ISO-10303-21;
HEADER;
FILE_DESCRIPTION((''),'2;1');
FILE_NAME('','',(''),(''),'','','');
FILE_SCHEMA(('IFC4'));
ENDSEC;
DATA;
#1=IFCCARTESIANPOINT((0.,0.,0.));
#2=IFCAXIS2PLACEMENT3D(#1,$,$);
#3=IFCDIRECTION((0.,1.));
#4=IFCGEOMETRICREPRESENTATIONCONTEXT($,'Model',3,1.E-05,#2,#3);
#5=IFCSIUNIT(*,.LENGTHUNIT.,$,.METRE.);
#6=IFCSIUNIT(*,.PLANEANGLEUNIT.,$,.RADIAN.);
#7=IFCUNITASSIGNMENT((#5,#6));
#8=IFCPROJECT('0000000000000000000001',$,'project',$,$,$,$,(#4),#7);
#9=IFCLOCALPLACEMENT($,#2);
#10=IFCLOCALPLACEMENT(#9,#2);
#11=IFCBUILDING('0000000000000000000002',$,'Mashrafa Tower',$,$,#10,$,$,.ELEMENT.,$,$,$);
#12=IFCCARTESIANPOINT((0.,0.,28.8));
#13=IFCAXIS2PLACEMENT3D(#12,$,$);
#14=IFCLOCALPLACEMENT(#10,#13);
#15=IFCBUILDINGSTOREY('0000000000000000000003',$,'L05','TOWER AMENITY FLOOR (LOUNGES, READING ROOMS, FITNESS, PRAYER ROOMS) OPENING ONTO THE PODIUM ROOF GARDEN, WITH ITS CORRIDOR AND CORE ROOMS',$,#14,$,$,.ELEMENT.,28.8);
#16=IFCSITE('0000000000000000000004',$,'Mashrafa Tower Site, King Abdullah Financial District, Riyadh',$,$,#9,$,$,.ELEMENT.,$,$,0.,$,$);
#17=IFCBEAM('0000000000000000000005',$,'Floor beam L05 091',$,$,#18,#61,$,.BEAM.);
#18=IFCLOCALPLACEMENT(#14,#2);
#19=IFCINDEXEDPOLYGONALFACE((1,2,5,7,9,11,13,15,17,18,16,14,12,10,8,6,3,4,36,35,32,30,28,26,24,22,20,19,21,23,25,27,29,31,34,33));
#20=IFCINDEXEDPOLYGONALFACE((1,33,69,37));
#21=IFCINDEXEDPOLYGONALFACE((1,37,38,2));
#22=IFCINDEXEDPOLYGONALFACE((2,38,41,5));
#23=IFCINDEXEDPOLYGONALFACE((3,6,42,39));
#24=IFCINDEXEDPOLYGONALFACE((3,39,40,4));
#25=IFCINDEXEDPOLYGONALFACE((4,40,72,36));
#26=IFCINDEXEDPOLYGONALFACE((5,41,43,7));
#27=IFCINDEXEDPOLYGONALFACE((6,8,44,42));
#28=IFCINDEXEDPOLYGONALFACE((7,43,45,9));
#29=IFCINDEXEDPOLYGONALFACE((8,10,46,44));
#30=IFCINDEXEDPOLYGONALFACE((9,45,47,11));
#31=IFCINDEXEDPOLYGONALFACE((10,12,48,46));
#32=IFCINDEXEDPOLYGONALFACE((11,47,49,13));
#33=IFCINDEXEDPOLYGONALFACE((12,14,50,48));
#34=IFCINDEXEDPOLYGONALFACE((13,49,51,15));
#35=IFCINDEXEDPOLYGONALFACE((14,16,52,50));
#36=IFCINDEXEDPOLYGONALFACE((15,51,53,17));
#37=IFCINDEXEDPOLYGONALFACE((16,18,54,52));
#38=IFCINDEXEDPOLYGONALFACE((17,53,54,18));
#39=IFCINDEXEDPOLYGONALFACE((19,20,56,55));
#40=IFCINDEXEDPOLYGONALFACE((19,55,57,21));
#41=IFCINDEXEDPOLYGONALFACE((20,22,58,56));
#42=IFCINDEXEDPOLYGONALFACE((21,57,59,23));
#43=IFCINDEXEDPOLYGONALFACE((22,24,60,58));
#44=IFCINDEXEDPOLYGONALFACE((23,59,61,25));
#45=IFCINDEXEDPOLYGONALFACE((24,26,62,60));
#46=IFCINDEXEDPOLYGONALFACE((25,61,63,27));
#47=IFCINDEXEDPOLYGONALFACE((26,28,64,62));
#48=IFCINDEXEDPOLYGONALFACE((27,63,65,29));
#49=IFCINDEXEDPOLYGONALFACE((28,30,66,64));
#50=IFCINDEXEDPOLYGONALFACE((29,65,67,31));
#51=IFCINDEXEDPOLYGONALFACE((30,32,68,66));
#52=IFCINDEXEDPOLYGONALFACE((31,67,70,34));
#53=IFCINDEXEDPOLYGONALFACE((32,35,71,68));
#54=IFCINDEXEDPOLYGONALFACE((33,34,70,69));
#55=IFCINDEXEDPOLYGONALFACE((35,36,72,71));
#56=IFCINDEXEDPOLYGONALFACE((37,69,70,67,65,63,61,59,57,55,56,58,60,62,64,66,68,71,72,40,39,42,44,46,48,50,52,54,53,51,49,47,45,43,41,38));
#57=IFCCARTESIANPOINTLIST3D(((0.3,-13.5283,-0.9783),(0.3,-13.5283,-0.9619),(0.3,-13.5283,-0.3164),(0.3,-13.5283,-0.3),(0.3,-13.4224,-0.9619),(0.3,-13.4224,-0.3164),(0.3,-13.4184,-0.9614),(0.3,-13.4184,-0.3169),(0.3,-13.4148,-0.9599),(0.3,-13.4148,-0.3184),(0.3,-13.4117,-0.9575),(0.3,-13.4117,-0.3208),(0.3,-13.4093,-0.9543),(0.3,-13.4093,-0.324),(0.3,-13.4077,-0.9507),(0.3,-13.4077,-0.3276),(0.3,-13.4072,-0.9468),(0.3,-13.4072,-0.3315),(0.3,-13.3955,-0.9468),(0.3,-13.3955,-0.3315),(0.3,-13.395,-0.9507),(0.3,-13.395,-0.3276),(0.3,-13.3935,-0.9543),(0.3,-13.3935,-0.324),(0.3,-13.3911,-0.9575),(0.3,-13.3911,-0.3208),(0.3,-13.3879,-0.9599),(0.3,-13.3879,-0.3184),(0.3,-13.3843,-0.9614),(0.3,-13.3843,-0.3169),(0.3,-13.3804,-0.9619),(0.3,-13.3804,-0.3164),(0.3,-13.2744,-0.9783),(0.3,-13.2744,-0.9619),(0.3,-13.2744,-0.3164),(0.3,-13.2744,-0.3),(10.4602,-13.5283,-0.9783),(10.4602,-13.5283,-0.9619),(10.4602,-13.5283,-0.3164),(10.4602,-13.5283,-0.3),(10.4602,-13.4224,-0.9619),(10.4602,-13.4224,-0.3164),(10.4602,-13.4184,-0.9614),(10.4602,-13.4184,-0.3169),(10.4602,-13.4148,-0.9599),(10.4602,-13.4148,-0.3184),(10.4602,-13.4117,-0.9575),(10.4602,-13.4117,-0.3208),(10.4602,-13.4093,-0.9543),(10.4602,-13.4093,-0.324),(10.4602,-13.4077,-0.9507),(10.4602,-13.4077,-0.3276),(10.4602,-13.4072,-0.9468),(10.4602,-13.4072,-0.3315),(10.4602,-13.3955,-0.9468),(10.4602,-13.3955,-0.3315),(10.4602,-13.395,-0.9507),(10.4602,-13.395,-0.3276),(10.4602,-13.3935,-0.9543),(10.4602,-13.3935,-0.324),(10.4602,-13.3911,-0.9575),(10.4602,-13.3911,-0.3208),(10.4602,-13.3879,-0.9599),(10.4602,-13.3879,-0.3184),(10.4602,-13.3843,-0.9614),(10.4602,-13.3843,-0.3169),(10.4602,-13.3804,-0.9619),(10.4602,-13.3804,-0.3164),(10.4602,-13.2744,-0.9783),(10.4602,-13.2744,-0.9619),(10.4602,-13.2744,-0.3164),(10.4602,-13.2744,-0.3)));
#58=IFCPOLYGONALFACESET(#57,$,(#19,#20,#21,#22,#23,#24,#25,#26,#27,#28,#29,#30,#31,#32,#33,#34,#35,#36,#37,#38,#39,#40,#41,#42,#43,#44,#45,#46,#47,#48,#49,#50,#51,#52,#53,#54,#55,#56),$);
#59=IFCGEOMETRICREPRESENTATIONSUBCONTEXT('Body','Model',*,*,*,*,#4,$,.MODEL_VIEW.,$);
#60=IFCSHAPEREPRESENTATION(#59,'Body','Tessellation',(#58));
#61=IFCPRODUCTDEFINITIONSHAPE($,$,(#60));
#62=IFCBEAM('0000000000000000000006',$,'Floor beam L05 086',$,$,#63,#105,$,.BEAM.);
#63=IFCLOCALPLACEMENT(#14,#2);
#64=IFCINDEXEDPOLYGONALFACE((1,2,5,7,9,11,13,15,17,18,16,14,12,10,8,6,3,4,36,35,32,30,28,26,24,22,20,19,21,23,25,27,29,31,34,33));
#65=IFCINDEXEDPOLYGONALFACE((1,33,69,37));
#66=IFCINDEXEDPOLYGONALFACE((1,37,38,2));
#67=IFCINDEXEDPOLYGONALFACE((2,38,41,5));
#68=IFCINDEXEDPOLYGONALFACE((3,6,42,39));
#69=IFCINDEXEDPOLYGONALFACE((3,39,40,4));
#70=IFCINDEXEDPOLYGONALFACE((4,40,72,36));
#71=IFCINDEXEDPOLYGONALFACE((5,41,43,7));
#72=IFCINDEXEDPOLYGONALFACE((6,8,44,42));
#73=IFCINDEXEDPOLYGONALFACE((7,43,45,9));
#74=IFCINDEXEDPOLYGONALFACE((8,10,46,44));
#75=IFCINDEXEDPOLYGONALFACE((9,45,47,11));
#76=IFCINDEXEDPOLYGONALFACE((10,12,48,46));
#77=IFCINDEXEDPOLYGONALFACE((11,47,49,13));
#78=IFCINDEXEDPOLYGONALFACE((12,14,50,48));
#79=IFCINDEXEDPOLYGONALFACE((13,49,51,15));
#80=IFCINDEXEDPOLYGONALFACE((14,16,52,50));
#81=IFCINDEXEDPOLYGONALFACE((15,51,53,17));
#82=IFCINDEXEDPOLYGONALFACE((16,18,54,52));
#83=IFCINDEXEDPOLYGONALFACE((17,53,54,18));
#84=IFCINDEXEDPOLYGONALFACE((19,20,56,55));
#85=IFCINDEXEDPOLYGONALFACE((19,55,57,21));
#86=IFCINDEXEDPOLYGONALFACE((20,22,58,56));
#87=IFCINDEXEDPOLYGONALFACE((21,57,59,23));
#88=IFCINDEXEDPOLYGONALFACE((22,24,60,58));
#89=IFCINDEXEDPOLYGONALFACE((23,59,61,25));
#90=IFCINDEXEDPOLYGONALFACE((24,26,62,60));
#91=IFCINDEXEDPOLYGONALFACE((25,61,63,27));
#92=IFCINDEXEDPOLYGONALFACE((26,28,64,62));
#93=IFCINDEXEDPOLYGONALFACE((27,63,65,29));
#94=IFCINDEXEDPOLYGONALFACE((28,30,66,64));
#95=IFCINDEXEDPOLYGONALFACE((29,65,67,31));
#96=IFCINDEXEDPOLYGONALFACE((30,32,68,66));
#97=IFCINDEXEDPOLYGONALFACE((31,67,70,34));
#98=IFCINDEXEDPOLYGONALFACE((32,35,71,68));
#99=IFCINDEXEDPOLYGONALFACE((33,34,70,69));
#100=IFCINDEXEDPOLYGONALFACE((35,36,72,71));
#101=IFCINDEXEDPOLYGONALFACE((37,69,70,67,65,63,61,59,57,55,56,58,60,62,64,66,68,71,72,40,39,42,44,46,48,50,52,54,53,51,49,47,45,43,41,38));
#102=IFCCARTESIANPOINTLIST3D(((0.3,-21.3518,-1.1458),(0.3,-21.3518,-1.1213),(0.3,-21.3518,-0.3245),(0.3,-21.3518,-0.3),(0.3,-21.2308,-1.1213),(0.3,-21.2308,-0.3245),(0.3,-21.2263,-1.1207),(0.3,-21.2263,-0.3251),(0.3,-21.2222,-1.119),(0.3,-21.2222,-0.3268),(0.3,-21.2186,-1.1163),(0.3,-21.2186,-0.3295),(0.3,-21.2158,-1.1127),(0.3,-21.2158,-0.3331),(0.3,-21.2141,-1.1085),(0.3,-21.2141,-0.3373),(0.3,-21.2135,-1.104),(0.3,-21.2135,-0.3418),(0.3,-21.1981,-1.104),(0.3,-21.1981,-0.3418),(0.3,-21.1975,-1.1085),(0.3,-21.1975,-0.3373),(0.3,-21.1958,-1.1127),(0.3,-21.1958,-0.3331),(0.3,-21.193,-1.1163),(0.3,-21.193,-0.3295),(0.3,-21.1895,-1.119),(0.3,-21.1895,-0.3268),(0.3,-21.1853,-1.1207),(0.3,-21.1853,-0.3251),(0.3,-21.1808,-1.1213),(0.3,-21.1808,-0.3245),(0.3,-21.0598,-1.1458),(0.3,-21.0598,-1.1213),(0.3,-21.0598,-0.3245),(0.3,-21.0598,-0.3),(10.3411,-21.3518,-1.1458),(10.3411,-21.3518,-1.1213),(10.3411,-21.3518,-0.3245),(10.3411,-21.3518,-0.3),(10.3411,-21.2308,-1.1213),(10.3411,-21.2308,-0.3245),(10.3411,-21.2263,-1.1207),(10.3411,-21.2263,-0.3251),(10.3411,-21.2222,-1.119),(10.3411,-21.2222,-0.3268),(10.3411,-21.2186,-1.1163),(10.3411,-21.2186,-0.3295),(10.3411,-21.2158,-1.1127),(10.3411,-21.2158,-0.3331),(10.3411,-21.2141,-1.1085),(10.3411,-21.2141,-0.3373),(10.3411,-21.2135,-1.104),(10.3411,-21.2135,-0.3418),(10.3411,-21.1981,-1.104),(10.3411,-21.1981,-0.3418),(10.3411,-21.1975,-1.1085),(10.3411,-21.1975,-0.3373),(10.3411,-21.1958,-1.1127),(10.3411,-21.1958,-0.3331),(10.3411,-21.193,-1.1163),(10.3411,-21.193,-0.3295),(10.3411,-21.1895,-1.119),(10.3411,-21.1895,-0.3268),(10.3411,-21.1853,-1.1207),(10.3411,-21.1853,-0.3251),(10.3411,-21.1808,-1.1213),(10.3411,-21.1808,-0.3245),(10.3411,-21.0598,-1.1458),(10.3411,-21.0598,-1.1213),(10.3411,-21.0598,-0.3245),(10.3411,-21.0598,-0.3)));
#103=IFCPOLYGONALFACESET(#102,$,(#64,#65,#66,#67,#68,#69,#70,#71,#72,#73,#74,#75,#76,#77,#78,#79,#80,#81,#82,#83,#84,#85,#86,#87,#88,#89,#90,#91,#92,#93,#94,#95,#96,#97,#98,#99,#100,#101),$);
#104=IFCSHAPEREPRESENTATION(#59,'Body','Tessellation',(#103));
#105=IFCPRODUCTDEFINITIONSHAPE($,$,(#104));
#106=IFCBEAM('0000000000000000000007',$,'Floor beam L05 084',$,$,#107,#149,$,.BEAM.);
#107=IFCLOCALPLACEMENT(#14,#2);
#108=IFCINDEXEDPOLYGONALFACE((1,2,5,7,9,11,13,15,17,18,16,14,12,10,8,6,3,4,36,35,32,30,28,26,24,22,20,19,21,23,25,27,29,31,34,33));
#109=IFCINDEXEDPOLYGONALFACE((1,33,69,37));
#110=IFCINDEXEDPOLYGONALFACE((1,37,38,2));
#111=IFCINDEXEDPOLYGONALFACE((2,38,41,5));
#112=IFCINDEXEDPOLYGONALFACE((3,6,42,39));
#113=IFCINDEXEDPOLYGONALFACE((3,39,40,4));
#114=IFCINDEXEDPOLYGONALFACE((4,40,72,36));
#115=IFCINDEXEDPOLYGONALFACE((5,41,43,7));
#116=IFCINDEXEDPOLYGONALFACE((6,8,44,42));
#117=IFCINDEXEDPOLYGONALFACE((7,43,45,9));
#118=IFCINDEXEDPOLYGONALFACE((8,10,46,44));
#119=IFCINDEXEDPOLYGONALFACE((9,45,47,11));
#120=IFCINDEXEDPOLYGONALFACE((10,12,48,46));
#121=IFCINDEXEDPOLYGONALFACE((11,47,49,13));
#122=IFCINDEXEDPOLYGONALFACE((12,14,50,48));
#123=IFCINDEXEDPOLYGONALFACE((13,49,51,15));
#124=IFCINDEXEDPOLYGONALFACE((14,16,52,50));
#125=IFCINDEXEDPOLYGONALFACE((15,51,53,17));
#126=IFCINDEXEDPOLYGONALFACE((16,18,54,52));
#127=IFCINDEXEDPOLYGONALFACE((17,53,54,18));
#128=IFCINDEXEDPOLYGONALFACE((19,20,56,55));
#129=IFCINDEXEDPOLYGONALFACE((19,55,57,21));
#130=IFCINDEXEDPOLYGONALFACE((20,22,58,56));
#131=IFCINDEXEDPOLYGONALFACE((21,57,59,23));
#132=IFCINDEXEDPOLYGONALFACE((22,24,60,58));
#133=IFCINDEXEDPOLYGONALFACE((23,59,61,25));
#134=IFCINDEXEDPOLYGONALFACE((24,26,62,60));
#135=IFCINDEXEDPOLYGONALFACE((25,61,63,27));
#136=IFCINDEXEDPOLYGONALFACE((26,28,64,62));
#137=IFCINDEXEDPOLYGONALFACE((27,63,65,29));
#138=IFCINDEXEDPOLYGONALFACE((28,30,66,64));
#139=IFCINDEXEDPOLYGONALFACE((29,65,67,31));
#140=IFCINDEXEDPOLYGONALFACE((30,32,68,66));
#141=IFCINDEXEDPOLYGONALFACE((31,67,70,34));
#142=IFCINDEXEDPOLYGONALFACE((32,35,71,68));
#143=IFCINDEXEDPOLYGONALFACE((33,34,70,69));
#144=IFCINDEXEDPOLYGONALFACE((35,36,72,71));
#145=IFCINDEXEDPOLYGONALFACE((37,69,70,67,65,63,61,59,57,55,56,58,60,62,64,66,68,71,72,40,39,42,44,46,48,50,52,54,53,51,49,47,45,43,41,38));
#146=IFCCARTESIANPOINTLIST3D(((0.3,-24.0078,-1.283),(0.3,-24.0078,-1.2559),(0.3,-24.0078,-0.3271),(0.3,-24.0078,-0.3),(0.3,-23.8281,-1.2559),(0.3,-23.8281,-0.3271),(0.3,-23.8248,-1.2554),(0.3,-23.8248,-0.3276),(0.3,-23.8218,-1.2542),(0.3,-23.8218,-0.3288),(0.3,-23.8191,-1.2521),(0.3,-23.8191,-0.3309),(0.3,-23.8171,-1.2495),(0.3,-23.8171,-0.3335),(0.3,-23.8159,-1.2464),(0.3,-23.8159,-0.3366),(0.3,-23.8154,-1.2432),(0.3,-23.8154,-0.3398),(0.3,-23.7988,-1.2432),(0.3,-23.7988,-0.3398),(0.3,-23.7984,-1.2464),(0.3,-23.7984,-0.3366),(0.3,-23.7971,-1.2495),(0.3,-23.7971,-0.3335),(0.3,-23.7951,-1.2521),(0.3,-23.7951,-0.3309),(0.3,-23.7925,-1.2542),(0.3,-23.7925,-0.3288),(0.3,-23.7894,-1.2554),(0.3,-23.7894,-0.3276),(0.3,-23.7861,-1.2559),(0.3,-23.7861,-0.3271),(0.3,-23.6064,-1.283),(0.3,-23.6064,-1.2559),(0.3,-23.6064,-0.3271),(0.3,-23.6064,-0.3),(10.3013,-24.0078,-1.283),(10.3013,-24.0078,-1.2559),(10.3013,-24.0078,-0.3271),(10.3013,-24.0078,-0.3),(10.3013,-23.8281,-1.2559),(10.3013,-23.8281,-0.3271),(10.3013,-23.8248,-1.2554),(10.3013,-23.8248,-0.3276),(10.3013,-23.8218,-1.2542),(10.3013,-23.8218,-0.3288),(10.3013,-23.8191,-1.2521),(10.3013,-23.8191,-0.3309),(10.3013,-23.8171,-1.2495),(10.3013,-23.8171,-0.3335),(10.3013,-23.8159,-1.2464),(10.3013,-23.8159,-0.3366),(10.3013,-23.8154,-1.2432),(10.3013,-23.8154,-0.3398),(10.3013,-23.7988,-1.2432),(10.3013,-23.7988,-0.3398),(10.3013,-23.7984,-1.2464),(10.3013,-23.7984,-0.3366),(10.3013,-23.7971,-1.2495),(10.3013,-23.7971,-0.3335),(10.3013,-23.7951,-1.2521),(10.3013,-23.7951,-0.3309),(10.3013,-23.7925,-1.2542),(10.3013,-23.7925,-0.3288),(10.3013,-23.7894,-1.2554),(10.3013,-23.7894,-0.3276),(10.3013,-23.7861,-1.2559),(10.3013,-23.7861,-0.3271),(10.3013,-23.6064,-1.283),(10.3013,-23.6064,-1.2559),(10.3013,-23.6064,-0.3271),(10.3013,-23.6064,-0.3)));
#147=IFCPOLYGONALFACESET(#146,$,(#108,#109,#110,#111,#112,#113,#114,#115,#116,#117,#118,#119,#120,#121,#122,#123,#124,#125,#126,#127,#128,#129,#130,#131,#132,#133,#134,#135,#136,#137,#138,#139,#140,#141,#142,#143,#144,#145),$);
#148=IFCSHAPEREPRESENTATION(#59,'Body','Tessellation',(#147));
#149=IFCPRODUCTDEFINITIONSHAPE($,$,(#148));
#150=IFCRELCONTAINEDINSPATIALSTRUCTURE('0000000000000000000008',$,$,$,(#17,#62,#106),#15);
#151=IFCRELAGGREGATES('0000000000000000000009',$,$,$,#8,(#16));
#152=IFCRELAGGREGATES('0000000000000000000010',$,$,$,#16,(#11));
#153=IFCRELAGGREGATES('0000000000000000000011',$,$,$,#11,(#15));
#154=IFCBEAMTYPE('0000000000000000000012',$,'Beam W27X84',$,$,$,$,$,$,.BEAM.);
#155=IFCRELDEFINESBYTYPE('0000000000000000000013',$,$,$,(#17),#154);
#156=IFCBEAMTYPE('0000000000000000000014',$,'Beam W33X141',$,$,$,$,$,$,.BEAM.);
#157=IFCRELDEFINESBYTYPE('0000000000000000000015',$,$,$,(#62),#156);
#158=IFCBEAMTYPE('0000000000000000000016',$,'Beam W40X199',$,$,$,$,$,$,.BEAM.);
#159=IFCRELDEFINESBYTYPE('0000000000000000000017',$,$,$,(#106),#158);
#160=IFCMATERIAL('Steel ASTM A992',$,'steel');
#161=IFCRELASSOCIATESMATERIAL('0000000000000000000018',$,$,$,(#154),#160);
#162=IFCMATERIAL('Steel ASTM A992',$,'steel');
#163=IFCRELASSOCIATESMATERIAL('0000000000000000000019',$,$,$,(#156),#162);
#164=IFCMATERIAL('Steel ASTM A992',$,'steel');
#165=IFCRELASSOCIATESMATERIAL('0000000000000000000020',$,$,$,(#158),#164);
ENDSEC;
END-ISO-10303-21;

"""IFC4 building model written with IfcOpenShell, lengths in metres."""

from ifc_helpers import new_model, si_unit, direction, frame, origin, origin_2d, place, context, subcontext, project, spatial, i_section, extrude, material, material_profile, profile_set, type_object, element, save


model = new_model("IFC4")

# Units and contexts
model_context = context("Model", 3, precision=1e-05, world=origin(), true_north=direction((0.0, 1.0)))
body_context = subcontext(model_context, "Body", "Model", "MODEL_VIEW")
ifc_project = project(units=[si_unit("LENGTHUNIT", "METRE"), si_unit("PLANEANGLEUNIT", "RADIAN")], contexts=[model_context])

# Site, building, storey
site_placement = place(None, origin())
site = spatial("IfcSite", under=ifc_project, at=site_placement, Name="Mashrafa Tower Site, King Abdullah Financial District, Riyadh", CompositionType="ELEMENT", RefElevation=0.0)
building_placement = place(site_placement, origin())
building = spatial("IfcBuilding", under=site, at=building_placement, Name="Mashrafa Tower", CompositionType="ELEMENT")
storey_placement = place(building_placement, frame((0.0, 0.0, 28.8)))
storey = spatial("IfcBuildingStorey", under=building, at=storey_placement, Name="L05", Description="TOWER AMENITY FLOOR (LOUNGES, READING ROOMS, FITNESS, PRAYER ROOMS) OPENING ONTO THE PODIUM ROOF GARDEN, WITH ITS CORRIDOR AND CORE ROOMS", CompositionType="ELEMENT", Elevation=28.8)

# Beams
ifc_material_1 = material(Name="Steel ASTM A992", Category="steel")
ifc_material_profile_1 = material_profile(ifc_material_1, i_section(OverallWidth=0.2539, OverallDepth=0.6782, WebThickness=0.0117, FlangeThickness=0.0164, FilletRadius=0.0151, at=origin_2d()), Name="W27X84")
ifc_profile_set_1 = profile_set([ifc_material_profile_1], Name="Steel ASTM A992")
beam_type_1 = type_object("IfcBeamType", Name="Beam W27X84", PredefinedType="BEAM", material=ifc_profile_set_1)
beam_1_placement = place(storey_placement, frame((10.4602, -13.4014, -0.6392), z_axis=(-1.0, 0.0, 0.0), x_axis=(0.0, -1.0, 0.0)))
element("IfcBeam", 1, at=beam_1_placement, inside=storey, type_object=beam_type_1, Name="Floor beam L05 091", PredefinedType="BEAM", context=body_context, shape_type="SweptSolid", body=[
    extrude(i_section(OverallWidth=0.2539, OverallDepth=0.6782, WebThickness=0.0117, FlangeThickness=0.0164, FilletRadius=0.0151, at=origin_2d()), origin(), (0.0, 0.0, 1.0), 10.1602),
])
ifc_material_2 = material(Name="Steel ASTM A992", Category="steel")
ifc_material_profile_2 = material_profile(ifc_material_2, i_section(OverallWidth=0.292, OverallDepth=0.8457, WebThickness=0.0154, FlangeThickness=0.0244, FilletRadius=0.0173, at=origin_2d()), Name="W33X141")
ifc_profile_set_2 = profile_set([ifc_material_profile_2], Name="Steel ASTM A992")
beam_type_2 = type_object("IfcBeamType", Name="Beam W33X141", PredefinedType="BEAM", material=ifc_profile_set_2)
beam_2_placement = place(storey_placement, frame((10.3411, -21.2058, -0.7229), z_axis=(-1.0, 0.0, 0.0), x_axis=(0.0, -1.0, 0.0)))
element("IfcBeam", 2, at=beam_2_placement, inside=storey, type_object=beam_type_2, Name="Floor beam L05 086", PredefinedType="BEAM", context=body_context, shape_type="SweptSolid", body=[
    extrude(i_section(OverallWidth=0.292, OverallDepth=0.8457, WebThickness=0.0154, FlangeThickness=0.0244, FilletRadius=0.0173, at=origin_2d()), origin(), (0.0, 0.0, 1.0), 10.041),
])
ifc_material_3 = material(Name="Steel ASTM A992", Category="steel")
ifc_material_profile_3 = material_profile(ifc_material_3, i_section(OverallWidth=0.4014, OverallDepth=0.9829, WebThickness=0.0166, FlangeThickness=0.0271, FilletRadius=0.0127, at=origin_2d()), Name="W40X199")
ifc_profile_set_3 = profile_set([ifc_material_profile_3], Name="Steel ASTM A992")
beam_type_3 = type_object("IfcBeamType", Name="Beam W40X199", PredefinedType="BEAM", material=ifc_profile_set_3)
beam_3_placement = place(storey_placement, frame((10.3013, -23.8071, -0.7915), z_axis=(-1.0, 0.0, 0.0), x_axis=(0.0, -1.0, 0.0)))
element("IfcBeam", 3, at=beam_3_placement, inside=storey, type_object=beam_type_3, Name="Floor beam L05 084", PredefinedType="BEAM", context=body_context, shape_type="SweptSolid", body=[
    extrude(i_section(OverallWidth=0.4014, OverallDepth=0.9829, WebThickness=0.0166, FlangeThickness=0.0271, FilletRadius=0.0127, at=origin_2d()), origin(), (0.0, 0.0, 1.0), 10.0012),
])

save(model, "model.ifc")
